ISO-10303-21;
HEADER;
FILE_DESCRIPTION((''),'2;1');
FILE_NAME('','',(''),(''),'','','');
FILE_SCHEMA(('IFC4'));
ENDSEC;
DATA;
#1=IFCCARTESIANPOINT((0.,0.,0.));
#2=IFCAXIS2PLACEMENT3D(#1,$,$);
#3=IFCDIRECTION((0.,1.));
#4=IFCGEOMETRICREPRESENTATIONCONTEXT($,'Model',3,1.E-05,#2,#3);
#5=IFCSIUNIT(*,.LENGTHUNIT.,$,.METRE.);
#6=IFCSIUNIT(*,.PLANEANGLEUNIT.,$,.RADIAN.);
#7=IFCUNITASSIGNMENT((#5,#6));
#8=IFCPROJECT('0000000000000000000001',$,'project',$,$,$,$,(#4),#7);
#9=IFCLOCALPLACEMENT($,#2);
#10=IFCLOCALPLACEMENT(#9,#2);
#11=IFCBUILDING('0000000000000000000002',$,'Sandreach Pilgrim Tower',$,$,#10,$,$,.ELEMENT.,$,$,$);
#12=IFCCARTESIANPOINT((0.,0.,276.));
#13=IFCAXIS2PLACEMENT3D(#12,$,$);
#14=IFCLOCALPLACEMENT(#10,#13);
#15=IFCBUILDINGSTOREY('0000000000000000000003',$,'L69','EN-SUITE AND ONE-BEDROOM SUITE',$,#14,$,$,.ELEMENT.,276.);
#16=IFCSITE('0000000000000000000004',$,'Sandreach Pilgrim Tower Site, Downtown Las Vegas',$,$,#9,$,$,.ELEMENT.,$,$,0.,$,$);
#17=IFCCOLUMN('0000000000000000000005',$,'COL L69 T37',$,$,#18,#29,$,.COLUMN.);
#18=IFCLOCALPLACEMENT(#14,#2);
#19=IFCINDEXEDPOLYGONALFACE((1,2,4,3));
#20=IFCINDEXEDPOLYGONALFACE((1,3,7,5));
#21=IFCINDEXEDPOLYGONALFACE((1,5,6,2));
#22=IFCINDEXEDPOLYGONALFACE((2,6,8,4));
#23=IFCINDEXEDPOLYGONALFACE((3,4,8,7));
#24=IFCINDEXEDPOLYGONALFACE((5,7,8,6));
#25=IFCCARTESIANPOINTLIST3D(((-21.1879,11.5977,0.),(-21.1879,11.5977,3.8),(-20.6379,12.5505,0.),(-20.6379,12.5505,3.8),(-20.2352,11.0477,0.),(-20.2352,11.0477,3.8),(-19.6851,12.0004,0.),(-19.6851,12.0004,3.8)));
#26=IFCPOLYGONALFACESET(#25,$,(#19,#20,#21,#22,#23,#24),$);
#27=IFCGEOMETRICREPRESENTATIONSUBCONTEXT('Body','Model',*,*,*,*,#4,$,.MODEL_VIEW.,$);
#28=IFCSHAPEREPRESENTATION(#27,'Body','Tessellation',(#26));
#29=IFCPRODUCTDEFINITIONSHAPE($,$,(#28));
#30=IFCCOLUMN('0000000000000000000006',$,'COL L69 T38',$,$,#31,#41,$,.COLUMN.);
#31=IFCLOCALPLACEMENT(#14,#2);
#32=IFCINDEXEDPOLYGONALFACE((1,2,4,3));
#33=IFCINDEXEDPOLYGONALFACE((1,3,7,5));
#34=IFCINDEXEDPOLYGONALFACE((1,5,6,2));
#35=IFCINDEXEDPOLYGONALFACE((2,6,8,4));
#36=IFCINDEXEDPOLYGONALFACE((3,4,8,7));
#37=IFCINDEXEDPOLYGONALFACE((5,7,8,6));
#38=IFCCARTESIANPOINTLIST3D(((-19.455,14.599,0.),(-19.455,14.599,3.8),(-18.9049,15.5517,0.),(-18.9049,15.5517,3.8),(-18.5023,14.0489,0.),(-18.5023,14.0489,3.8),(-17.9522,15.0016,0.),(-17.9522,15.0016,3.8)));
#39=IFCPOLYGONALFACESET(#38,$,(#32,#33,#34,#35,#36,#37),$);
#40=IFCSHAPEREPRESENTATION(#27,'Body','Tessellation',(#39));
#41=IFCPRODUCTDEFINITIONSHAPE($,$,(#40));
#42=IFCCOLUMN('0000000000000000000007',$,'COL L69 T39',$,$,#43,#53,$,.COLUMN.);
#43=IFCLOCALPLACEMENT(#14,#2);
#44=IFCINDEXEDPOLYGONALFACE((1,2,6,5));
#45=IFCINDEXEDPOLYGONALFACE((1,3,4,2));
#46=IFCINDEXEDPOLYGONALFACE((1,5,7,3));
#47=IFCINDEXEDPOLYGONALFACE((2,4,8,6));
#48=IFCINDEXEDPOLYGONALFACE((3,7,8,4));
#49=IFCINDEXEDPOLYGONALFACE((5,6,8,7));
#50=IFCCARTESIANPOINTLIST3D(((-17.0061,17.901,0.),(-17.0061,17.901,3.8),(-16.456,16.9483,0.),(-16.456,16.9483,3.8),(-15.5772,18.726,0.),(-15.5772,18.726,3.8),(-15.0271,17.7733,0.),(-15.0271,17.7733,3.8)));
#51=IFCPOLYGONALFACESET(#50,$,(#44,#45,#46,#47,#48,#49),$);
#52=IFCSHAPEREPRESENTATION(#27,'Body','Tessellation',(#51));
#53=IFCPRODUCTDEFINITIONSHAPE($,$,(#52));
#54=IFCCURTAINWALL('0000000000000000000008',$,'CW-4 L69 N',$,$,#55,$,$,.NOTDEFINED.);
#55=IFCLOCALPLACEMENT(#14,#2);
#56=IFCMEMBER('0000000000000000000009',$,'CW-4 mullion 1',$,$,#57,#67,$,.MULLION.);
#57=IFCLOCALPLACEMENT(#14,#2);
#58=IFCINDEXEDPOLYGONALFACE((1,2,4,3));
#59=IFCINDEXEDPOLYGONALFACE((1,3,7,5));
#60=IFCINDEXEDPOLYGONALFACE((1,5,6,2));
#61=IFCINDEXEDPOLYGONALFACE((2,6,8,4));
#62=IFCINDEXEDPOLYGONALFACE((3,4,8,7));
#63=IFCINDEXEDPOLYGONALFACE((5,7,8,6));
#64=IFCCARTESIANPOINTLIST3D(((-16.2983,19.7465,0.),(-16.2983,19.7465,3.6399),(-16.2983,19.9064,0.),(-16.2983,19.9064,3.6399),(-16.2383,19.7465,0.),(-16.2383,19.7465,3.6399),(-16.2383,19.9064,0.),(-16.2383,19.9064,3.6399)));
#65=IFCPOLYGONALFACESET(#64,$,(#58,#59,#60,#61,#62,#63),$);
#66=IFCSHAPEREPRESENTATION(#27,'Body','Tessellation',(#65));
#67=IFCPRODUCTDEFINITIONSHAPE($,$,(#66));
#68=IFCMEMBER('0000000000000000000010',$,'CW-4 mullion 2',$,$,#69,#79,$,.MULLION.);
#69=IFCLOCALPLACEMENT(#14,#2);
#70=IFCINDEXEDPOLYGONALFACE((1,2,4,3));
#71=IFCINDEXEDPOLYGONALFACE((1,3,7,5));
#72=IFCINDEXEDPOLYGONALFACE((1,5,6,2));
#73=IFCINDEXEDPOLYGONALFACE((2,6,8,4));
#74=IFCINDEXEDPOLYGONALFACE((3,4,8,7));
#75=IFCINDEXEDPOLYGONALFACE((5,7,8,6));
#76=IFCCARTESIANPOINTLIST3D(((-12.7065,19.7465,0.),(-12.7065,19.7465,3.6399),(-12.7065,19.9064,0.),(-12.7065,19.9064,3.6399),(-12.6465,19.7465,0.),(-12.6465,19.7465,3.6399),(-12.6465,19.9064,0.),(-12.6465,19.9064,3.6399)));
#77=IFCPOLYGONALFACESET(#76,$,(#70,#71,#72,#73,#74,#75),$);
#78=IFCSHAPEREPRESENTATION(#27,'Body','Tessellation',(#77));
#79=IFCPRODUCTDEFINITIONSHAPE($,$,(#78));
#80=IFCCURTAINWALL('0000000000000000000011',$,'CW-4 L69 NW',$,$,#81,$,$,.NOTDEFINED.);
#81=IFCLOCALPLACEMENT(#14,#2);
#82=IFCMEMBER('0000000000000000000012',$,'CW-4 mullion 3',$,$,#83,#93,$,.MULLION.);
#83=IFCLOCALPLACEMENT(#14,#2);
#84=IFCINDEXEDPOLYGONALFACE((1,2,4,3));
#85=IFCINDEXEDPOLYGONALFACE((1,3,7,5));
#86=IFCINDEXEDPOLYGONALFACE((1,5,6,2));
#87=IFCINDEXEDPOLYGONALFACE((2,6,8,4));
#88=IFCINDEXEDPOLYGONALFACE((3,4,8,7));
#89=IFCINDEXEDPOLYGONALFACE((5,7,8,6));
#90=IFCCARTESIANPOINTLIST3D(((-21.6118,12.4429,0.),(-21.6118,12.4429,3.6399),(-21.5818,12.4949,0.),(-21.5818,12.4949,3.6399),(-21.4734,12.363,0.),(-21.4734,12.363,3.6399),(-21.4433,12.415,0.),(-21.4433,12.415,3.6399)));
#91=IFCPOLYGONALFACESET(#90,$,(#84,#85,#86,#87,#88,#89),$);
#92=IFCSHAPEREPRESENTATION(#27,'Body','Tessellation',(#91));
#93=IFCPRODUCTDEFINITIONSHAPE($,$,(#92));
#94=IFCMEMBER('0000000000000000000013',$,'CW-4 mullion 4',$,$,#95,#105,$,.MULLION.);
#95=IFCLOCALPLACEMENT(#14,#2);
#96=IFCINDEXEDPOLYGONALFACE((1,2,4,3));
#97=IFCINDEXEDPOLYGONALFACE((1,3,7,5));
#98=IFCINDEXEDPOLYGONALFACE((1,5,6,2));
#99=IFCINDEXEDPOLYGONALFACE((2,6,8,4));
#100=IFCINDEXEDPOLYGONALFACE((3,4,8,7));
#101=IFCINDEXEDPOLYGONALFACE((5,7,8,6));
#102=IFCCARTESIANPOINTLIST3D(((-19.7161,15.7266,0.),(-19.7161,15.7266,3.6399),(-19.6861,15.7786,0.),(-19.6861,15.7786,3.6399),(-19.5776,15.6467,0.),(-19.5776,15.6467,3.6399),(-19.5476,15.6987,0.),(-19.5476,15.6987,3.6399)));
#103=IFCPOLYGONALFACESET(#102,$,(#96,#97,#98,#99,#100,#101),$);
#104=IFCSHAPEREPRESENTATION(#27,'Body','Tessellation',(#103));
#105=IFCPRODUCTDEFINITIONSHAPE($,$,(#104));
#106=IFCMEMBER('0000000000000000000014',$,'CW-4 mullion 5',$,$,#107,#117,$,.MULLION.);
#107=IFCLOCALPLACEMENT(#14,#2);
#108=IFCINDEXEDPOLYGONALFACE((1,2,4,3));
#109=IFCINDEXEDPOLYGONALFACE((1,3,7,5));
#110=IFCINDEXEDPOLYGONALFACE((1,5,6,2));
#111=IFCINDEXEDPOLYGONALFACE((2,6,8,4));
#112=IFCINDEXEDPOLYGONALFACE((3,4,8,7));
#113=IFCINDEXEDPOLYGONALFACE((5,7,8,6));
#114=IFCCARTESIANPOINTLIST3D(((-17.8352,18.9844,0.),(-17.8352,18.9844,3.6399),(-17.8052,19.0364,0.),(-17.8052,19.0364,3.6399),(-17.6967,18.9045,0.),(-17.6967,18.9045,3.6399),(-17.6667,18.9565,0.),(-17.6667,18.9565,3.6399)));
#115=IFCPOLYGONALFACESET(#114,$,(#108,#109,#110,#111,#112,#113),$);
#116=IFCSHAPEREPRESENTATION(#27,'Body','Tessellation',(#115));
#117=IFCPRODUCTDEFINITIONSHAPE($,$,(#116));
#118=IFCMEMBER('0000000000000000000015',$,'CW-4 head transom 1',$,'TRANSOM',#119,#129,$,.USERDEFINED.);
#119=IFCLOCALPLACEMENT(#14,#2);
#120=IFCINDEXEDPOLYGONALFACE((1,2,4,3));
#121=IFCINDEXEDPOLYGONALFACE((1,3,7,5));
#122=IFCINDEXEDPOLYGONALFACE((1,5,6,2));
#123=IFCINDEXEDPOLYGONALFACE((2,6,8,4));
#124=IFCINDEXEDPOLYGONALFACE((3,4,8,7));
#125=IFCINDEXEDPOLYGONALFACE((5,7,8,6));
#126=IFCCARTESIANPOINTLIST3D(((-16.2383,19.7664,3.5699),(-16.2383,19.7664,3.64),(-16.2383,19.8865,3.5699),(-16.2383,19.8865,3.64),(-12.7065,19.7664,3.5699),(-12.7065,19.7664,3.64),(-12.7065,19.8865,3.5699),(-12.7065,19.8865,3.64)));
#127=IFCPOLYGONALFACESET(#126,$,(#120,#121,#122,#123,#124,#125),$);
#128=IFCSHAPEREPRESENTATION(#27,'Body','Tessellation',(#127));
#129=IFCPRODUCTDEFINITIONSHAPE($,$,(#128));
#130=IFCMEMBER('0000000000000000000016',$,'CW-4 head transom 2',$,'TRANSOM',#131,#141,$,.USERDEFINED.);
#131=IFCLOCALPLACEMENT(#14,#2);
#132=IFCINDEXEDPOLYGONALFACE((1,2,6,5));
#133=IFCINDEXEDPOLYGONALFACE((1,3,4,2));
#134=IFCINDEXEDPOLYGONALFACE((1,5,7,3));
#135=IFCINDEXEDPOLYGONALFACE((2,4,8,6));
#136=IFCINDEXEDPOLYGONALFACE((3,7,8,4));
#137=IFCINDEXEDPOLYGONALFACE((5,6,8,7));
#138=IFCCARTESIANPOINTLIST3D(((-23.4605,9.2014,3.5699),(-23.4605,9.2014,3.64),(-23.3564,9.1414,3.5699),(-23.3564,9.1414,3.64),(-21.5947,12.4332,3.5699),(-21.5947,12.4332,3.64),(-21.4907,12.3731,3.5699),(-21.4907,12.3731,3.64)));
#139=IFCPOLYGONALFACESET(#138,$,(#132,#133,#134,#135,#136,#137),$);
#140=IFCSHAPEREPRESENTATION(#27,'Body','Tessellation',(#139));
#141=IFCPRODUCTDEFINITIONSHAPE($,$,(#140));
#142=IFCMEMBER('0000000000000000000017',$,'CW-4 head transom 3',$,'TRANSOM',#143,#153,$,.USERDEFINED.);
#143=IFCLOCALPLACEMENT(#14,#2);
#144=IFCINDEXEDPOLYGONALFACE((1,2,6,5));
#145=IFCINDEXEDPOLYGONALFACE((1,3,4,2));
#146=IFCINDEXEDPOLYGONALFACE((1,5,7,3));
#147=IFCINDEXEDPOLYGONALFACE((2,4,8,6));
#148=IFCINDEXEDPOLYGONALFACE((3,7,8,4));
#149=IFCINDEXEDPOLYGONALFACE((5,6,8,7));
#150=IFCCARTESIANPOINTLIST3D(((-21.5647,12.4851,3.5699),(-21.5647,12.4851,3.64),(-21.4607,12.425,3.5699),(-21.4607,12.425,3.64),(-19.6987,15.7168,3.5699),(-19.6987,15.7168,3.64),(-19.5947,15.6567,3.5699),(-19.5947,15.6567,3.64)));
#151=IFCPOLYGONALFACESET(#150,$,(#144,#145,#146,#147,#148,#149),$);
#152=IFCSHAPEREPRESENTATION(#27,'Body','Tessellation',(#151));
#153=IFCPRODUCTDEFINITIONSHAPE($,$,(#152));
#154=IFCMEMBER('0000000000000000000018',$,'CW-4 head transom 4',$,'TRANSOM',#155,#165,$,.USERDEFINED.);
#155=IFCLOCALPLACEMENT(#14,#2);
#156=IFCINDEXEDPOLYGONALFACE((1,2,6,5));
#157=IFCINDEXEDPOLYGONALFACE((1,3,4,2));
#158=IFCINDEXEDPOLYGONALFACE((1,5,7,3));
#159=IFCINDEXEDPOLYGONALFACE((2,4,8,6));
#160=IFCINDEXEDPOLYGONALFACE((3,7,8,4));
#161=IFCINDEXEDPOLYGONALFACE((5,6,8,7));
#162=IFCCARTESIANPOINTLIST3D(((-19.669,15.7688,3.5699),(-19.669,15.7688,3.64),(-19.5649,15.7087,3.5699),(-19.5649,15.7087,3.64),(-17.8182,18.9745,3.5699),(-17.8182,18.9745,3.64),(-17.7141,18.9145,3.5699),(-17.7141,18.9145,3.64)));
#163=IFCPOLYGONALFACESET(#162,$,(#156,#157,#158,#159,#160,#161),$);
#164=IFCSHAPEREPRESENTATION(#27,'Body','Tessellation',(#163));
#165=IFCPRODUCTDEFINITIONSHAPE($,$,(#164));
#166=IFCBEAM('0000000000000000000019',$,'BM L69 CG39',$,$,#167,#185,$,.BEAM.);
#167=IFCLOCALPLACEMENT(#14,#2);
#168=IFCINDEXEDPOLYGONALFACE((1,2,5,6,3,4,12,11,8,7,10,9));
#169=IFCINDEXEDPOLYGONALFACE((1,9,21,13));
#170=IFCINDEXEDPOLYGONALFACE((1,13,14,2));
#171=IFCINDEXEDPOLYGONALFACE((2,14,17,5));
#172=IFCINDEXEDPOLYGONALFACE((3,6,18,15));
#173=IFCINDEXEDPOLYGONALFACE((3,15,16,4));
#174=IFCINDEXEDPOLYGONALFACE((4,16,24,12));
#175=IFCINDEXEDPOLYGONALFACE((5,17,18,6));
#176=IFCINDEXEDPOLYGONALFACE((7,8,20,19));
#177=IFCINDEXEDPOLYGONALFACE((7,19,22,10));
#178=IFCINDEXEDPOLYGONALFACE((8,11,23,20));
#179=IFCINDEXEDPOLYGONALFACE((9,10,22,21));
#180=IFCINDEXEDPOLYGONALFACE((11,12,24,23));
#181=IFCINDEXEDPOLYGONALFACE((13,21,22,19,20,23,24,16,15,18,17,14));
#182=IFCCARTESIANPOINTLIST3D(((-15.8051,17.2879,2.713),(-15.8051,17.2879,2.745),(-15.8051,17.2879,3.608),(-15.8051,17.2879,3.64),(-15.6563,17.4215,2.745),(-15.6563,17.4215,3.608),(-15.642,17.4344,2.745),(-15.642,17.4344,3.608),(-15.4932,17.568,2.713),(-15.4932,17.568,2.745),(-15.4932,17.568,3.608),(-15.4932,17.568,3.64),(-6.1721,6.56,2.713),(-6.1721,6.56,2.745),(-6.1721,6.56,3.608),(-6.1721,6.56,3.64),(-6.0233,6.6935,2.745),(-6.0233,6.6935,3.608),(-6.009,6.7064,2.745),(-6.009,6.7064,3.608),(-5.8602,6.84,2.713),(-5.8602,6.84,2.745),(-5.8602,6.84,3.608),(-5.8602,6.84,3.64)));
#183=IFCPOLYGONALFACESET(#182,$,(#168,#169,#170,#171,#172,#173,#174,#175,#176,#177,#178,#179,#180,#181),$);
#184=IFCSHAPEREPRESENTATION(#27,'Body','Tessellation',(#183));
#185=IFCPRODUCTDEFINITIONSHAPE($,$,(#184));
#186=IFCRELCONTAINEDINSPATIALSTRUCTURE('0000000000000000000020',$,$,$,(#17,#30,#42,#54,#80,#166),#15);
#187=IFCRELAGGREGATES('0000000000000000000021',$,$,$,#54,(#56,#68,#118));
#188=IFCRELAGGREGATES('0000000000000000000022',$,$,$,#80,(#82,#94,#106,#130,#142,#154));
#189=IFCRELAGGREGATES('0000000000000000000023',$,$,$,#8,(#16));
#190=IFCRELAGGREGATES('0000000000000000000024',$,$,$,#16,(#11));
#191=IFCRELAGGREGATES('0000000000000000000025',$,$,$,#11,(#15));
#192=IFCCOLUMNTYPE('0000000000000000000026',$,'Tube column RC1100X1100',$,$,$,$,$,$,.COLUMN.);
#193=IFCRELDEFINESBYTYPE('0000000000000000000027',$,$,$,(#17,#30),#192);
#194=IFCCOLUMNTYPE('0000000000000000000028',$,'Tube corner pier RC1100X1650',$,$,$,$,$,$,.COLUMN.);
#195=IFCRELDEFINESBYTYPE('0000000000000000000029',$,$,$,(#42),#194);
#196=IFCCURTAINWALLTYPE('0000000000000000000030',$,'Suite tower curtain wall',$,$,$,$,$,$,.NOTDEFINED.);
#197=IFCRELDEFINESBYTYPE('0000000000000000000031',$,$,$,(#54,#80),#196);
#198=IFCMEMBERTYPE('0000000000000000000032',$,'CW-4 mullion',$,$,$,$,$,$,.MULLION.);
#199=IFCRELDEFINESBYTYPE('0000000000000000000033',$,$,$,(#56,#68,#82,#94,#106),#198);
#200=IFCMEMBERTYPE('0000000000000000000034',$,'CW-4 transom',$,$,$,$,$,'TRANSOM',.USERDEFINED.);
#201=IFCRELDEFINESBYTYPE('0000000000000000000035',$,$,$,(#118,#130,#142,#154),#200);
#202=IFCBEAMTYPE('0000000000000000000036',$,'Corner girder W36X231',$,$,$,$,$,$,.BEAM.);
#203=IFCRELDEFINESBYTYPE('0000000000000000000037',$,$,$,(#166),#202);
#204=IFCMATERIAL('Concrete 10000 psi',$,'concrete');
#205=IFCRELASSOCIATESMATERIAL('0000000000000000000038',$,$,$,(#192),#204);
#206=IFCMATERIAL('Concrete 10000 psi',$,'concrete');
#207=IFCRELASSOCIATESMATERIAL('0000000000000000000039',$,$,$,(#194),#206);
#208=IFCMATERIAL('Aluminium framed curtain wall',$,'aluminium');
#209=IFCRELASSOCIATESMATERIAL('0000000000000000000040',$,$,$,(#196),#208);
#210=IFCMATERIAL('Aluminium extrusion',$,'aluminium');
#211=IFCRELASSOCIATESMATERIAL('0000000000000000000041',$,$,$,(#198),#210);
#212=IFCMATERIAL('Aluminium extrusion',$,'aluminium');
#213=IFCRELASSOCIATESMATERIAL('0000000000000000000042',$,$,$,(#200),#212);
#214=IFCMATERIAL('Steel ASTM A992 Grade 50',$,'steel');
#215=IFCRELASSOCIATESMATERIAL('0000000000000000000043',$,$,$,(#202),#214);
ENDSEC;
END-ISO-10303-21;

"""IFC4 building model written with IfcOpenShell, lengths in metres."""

from ifc_helpers import new_model, si_unit, direction, frame, origin, origin_2d, place, context, subcontext, project, spatial, rectangle, i_section, extrude, material, material_profile, profile_set, type_object, element, aggregate, save


model = new_model("IFC4")

# Units and contexts
model_context = context("Model", 3, precision=1e-05, world=origin(), true_north=direction((0.0, 1.0)))
body_context = subcontext(model_context, "Body", "Model", "MODEL_VIEW")
ifc_project = project(units=[si_unit("LENGTHUNIT", "METRE"), si_unit("PLANEANGLEUNIT", "RADIAN")], contexts=[model_context])

# Site, building, storey
site_placement = place(None, origin())
site = spatial("IfcSite", under=ifc_project, at=site_placement, Name="Sandreach Pilgrim Tower Site, Downtown Las Vegas", CompositionType="ELEMENT", RefElevation=0.0)
building_placement = place(site_placement, origin())
building = spatial("IfcBuilding", under=site, at=building_placement, Name="Sandreach Pilgrim Tower", CompositionType="ELEMENT")
storey_placement = place(building_placement, frame((0.0, 0.0, 276.0)))
storey = spatial("IfcBuildingStorey", under=building, at=storey_placement, Name="L69", Description="EN-SUITE AND ONE-BEDROOM SUITE", CompositionType="ELEMENT", Elevation=276.0)

# Columns
ifc_material_1 = material(Name="Concrete 10000 psi", Category="concrete")
ifc_material_profile_1 = material_profile(ifc_material_1, rectangle(XDim=1.1001, YDim=1.1001, at=origin_2d()), Name="RC1100X1100")
ifc_profile_set_1 = profile_set([ifc_material_profile_1], Name="Concrete 10000 psi")
column_type_1 = type_object("IfcColumnType", Name="Tube column RC1100X1100", PredefinedType="COLUMN", material=ifc_profile_set_1)
for number, where, z_axis, x_axis, name in (
    (1, (-20.4365, 11.7991, 0.0), (0.0, 0.0, 1.0), (-0.866025, 0.5, 0.0), "COL L69 T37"),
    (2, (-18.7036, 14.8003, 0.0), (0.0, 0.0, 1.0), (-0.866025, 0.5, 0.0), "COL L69 T38"),
):
    element("IfcColumn", number, at=place(storey_placement, frame(where, z_axis=z_axis, x_axis=x_axis)), inside=storey, type_object=column_type_1, Name=name, PredefinedType="COLUMN", context=body_context, shape_type="SweptSolid", body=[
        extrude(rectangle(XDim=1.1001, YDim=1.1001, at=origin_2d()), origin(), (0.0, 0.0, 1.0), 3.8),
    ])
ifc_material_2 = material(Name="Concrete 10000 psi", Category="concrete")
ifc_material_profile_2 = material_profile(ifc_material_2, rectangle(XDim=1.1001, YDim=1.6499, at=origin_2d()), Name="RC1100X1650")
ifc_profile_set_2 = profile_set([ifc_material_profile_2], Name="Concrete 10000 psi")
column_type_2 = type_object("IfcColumnType", Name="Tube corner pier RC1100X1650", PredefinedType="COLUMN", material=ifc_profile_set_2)
column_placement = place(storey_placement, frame((-16.0166, 17.8372, 0.0), z_axis=(0.0, 0.0, 1.0), x_axis=(-0.5, 0.866025, 0.0)))
element("IfcColumn", 3, at=column_placement, inside=storey, type_object=column_type_2, Name="COL L69 T39", PredefinedType="COLUMN", context=body_context, shape_type="SweptSolid", body=[
    extrude(rectangle(XDim=1.1001, YDim=1.6499, at=origin_2d()), origin(), (0.0, 0.0, 1.0), 3.8),
])

# Curtain walls, members
ifc_material_3 = material(Name="Aluminium framed curtain wall", Category="aluminium")
curtain_wall_type = type_object("IfcCurtainWallType", Name="Suite tower curtain wall", PredefinedType="NOTDEFINED", material=ifc_material_3)
curtain_wall_1_placement = place(storey_placement, origin())
curtain_wall_1 = element("IfcCurtainWall", 4, at=curtain_wall_1_placement, inside=storey, type_object=curtain_wall_type, Name="CW-4 L69 N", PredefinedType="NOTDEFINED")
ifc_material_4 = material(Name="Aluminium extrusion", Category="aluminium")
ifc_material_profile_3 = material_profile(ifc_material_4, rectangle(XDim=0.0601, YDim=0.1599, at=origin_2d()), Name="CW-4M 60X160")
ifc_profile_set_3 = profile_set([ifc_material_profile_3], Name="Aluminium extrusion")
member_type_1 = type_object("IfcMemberType", Name="CW-4 mullion", PredefinedType="MULLION", material=ifc_profile_set_3)
member_1_placement = place(storey_placement, frame((-16.2683, 19.8264, 0.0), z_axis=(0.0, 0.0, 1.0), x_axis=(1.0, 0.0, 0.0)))
member_1 = element("IfcMember", 5, at=member_1_placement, type_object=member_type_1, Name="CW-4 mullion 1", PredefinedType="MULLION", context=body_context, shape_type="SweptSolid", body=[
    extrude(rectangle(XDim=0.0601, YDim=0.1599, at=origin_2d()), origin(), (0.0, 0.0, 1.0), 3.6399),
])
member_2_placement = place(storey_placement, frame((-12.6765, 19.8264, 0.0), z_axis=(0.0, 0.0, 1.0), x_axis=(1.0, 0.0, 0.0)))
member_2 = element("IfcMember", 6, at=member_2_placement, type_object=member_type_1, Name="CW-4 mullion 2", PredefinedType="MULLION", context=body_context, shape_type="SweptSolid", body=[
    extrude(rectangle(XDim=0.0601, YDim=0.1599, at=origin_2d()), origin(), (0.0, 0.0, 1.0), 3.6399),
])
curtain_wall_2_placement = place(storey_placement, origin())
curtain_wall_2 = element("IfcCurtainWall", 7, at=curtain_wall_2_placement, inside=storey, type_object=curtain_wall_type, Name="CW-4 L69 NW", PredefinedType="NOTDEFINED")
member_3_placement = place(storey_placement, frame((-21.5276, 12.429, 0.0), z_axis=(0.0, 0.0, 1.0), x_axis=(0.5, 0.866025, 0.0)))
member_3 = element("IfcMember", 8, at=member_3_placement, type_object=member_type_1, Name="CW-4 mullion 3", PredefinedType="MULLION", context=body_context, shape_type="SweptSolid", body=[
    extrude(rectangle(XDim=0.0601, YDim=0.1599, at=origin_2d()), origin(), (0.0, 0.0, 1.0), 3.6399),
])
member_4_placement = place(storey_placement, frame((-19.6318, 15.7126, 0.0), z_axis=(0.0, 0.0, 1.0), x_axis=(0.5, 0.866025, 0.0)))
member_4 = element("IfcMember", 9, at=member_4_placement, type_object=member_type_1, Name="CW-4 mullion 4", PredefinedType="MULLION", context=body_context, shape_type="SweptSolid", body=[
    extrude(rectangle(XDim=0.0601, YDim=0.1599, at=origin_2d()), origin(), (0.0, 0.0, 1.0), 3.6399),
])
member_5_placement = place(storey_placement, frame((-17.751, 18.9705, 0.0), z_axis=(0.0, 0.0, 1.0), x_axis=(0.5, 0.866025, 0.0)))
member_5 = element("IfcMember", 10, at=member_5_placement, type_object=member_type_1, Name="CW-4 mullion 5", PredefinedType="MULLION", context=body_context, shape_type="SweptSolid", body=[
    extrude(rectangle(XDim=0.0601, YDim=0.1599, at=origin_2d()), origin(), (0.0, 0.0, 1.0), 3.6399),
])

# Members
ifc_material_5 = material(Name="Aluminium extrusion", Category="aluminium")
ifc_material_profile_4 = material_profile(ifc_material_5, rectangle(XDim=0.1201, YDim=0.0701, at=origin_2d()), Name="CW-4T 120X70")
ifc_profile_set_4 = profile_set([ifc_material_profile_4], Name="Aluminium extrusion")
member_type_2 = type_object("IfcMemberType", Name="CW-4 transom", ElementType="TRANSOM", PredefinedType="USERDEFINED", material=ifc_profile_set_4)
member_6_placement = place(storey_placement, frame((-16.2383, 19.8264, 3.605), z_axis=(1.0, 0.0, 0.0), x_axis=(0.0, 1.0, 0.0)))
member_6 = element("IfcMember", 11, at=member_6_placement, type_object=member_type_2, Name="CW-4 head transom 1", ObjectType="TRANSOM", PredefinedType="USERDEFINED", context=body_context, shape_type="SweptSolid", body=[
    extrude(rectangle(XDim=0.1201, YDim=0.0701, at=origin_2d()), origin(), (0.0, 0.0, 1.0), 3.5317),
])
member_7_placement = place(storey_placement, frame((-23.4084, 9.1714, 3.605), z_axis=(0.499981, 0.866036, 0.0), x_axis=(-0.866036, 0.499981, 0.0)))
member_7 = element("IfcMember", 12, at=member_7_placement, type_object=member_type_2, Name="CW-4 head transom 2", ObjectType="TRANSOM", PredefinedType="USERDEFINED", context=body_context, shape_type="SweptSolid", body=[
    extrude(rectangle(XDim=0.1201, YDim=0.0701, at=origin_2d()), origin(), (0.0, 0.0, 1.0), 3.7317),
])
member_8_placement = place(storey_placement, frame((-21.5127, 12.4551, 3.605), z_axis=(0.50003, 0.866008, 0.0), x_axis=(-0.866008, 0.50003, 0.0)))
member_8 = element("IfcMember", 13, at=member_8_placement, type_object=member_type_2, Name="CW-4 head transom 3", ObjectType="TRANSOM", PredefinedType="USERDEFINED", context=body_context, shape_type="SweptSolid", body=[
    extrude(rectangle(XDim=0.1201, YDim=0.0701, at=origin_2d()), origin(), (0.0, 0.0, 1.0), 3.7317),
])
member_9_placement = place(storey_placement, frame((-19.6169, 15.7388, 3.605), z_axis=(0.499991, 0.866031, 0.0), x_axis=(-0.866031, 0.499991, 0.0)))
member_9 = element("IfcMember", 14, at=member_9_placement, type_object=member_type_2, Name="CW-4 head transom 4", ObjectType="TRANSOM", PredefinedType="USERDEFINED", context=body_context, shape_type="SweptSolid", body=[
    extrude(rectangle(XDim=0.1201, YDim=0.0701, at=origin_2d()), origin(), (0.0, 0.0, 1.0), 3.7017),
])

# Beam
ifc_material_6 = material(Name="Steel ASTM A992 Grade 50", Category="steel")
ifc_material_profile_5 = material_profile(ifc_material_6, i_section(OverallWidth=0.4192, OverallDepth=0.927, WebThickness=0.0193, FlangeThickness=0.032, at=origin_2d()), Name="W36X231")
ifc_profile_set_5 = profile_set([ifc_material_profile_5], Name="Steel ASTM A992 Grade 50")
beam_type_1 = type_object("IfcBeamType", Name="Corner girder W36X231", PredefinedType="BEAM", material=ifc_profile_set_5)
beam_1_placement = place(storey_placement, frame((-15.6492, 17.428, 3.1765), z_axis=(0.668115, -0.744058, 0.0), x_axis=(0.744058, 0.668115, 0.0)))
element("IfcBeam", 15, at=beam_1_placement, inside=storey, type_object=beam_type_1, Name="BM L69 CG39", PredefinedType="BEAM", context=body_context, shape_type="SweptSolid", body=[
    extrude(i_section(OverallWidth=0.4192, OverallDepth=0.927, WebThickness=0.0193, FlangeThickness=0.032, at=origin_2d()), origin(), (0.0, 0.0, 1.0), 14.4182),
])

aggregate(curtain_wall_1, [member_1, member_2, member_6])
aggregate(curtain_wall_2, [member_3, member_4, member_5, member_7, member_8, member_9])

save(model, "model.ifc")
